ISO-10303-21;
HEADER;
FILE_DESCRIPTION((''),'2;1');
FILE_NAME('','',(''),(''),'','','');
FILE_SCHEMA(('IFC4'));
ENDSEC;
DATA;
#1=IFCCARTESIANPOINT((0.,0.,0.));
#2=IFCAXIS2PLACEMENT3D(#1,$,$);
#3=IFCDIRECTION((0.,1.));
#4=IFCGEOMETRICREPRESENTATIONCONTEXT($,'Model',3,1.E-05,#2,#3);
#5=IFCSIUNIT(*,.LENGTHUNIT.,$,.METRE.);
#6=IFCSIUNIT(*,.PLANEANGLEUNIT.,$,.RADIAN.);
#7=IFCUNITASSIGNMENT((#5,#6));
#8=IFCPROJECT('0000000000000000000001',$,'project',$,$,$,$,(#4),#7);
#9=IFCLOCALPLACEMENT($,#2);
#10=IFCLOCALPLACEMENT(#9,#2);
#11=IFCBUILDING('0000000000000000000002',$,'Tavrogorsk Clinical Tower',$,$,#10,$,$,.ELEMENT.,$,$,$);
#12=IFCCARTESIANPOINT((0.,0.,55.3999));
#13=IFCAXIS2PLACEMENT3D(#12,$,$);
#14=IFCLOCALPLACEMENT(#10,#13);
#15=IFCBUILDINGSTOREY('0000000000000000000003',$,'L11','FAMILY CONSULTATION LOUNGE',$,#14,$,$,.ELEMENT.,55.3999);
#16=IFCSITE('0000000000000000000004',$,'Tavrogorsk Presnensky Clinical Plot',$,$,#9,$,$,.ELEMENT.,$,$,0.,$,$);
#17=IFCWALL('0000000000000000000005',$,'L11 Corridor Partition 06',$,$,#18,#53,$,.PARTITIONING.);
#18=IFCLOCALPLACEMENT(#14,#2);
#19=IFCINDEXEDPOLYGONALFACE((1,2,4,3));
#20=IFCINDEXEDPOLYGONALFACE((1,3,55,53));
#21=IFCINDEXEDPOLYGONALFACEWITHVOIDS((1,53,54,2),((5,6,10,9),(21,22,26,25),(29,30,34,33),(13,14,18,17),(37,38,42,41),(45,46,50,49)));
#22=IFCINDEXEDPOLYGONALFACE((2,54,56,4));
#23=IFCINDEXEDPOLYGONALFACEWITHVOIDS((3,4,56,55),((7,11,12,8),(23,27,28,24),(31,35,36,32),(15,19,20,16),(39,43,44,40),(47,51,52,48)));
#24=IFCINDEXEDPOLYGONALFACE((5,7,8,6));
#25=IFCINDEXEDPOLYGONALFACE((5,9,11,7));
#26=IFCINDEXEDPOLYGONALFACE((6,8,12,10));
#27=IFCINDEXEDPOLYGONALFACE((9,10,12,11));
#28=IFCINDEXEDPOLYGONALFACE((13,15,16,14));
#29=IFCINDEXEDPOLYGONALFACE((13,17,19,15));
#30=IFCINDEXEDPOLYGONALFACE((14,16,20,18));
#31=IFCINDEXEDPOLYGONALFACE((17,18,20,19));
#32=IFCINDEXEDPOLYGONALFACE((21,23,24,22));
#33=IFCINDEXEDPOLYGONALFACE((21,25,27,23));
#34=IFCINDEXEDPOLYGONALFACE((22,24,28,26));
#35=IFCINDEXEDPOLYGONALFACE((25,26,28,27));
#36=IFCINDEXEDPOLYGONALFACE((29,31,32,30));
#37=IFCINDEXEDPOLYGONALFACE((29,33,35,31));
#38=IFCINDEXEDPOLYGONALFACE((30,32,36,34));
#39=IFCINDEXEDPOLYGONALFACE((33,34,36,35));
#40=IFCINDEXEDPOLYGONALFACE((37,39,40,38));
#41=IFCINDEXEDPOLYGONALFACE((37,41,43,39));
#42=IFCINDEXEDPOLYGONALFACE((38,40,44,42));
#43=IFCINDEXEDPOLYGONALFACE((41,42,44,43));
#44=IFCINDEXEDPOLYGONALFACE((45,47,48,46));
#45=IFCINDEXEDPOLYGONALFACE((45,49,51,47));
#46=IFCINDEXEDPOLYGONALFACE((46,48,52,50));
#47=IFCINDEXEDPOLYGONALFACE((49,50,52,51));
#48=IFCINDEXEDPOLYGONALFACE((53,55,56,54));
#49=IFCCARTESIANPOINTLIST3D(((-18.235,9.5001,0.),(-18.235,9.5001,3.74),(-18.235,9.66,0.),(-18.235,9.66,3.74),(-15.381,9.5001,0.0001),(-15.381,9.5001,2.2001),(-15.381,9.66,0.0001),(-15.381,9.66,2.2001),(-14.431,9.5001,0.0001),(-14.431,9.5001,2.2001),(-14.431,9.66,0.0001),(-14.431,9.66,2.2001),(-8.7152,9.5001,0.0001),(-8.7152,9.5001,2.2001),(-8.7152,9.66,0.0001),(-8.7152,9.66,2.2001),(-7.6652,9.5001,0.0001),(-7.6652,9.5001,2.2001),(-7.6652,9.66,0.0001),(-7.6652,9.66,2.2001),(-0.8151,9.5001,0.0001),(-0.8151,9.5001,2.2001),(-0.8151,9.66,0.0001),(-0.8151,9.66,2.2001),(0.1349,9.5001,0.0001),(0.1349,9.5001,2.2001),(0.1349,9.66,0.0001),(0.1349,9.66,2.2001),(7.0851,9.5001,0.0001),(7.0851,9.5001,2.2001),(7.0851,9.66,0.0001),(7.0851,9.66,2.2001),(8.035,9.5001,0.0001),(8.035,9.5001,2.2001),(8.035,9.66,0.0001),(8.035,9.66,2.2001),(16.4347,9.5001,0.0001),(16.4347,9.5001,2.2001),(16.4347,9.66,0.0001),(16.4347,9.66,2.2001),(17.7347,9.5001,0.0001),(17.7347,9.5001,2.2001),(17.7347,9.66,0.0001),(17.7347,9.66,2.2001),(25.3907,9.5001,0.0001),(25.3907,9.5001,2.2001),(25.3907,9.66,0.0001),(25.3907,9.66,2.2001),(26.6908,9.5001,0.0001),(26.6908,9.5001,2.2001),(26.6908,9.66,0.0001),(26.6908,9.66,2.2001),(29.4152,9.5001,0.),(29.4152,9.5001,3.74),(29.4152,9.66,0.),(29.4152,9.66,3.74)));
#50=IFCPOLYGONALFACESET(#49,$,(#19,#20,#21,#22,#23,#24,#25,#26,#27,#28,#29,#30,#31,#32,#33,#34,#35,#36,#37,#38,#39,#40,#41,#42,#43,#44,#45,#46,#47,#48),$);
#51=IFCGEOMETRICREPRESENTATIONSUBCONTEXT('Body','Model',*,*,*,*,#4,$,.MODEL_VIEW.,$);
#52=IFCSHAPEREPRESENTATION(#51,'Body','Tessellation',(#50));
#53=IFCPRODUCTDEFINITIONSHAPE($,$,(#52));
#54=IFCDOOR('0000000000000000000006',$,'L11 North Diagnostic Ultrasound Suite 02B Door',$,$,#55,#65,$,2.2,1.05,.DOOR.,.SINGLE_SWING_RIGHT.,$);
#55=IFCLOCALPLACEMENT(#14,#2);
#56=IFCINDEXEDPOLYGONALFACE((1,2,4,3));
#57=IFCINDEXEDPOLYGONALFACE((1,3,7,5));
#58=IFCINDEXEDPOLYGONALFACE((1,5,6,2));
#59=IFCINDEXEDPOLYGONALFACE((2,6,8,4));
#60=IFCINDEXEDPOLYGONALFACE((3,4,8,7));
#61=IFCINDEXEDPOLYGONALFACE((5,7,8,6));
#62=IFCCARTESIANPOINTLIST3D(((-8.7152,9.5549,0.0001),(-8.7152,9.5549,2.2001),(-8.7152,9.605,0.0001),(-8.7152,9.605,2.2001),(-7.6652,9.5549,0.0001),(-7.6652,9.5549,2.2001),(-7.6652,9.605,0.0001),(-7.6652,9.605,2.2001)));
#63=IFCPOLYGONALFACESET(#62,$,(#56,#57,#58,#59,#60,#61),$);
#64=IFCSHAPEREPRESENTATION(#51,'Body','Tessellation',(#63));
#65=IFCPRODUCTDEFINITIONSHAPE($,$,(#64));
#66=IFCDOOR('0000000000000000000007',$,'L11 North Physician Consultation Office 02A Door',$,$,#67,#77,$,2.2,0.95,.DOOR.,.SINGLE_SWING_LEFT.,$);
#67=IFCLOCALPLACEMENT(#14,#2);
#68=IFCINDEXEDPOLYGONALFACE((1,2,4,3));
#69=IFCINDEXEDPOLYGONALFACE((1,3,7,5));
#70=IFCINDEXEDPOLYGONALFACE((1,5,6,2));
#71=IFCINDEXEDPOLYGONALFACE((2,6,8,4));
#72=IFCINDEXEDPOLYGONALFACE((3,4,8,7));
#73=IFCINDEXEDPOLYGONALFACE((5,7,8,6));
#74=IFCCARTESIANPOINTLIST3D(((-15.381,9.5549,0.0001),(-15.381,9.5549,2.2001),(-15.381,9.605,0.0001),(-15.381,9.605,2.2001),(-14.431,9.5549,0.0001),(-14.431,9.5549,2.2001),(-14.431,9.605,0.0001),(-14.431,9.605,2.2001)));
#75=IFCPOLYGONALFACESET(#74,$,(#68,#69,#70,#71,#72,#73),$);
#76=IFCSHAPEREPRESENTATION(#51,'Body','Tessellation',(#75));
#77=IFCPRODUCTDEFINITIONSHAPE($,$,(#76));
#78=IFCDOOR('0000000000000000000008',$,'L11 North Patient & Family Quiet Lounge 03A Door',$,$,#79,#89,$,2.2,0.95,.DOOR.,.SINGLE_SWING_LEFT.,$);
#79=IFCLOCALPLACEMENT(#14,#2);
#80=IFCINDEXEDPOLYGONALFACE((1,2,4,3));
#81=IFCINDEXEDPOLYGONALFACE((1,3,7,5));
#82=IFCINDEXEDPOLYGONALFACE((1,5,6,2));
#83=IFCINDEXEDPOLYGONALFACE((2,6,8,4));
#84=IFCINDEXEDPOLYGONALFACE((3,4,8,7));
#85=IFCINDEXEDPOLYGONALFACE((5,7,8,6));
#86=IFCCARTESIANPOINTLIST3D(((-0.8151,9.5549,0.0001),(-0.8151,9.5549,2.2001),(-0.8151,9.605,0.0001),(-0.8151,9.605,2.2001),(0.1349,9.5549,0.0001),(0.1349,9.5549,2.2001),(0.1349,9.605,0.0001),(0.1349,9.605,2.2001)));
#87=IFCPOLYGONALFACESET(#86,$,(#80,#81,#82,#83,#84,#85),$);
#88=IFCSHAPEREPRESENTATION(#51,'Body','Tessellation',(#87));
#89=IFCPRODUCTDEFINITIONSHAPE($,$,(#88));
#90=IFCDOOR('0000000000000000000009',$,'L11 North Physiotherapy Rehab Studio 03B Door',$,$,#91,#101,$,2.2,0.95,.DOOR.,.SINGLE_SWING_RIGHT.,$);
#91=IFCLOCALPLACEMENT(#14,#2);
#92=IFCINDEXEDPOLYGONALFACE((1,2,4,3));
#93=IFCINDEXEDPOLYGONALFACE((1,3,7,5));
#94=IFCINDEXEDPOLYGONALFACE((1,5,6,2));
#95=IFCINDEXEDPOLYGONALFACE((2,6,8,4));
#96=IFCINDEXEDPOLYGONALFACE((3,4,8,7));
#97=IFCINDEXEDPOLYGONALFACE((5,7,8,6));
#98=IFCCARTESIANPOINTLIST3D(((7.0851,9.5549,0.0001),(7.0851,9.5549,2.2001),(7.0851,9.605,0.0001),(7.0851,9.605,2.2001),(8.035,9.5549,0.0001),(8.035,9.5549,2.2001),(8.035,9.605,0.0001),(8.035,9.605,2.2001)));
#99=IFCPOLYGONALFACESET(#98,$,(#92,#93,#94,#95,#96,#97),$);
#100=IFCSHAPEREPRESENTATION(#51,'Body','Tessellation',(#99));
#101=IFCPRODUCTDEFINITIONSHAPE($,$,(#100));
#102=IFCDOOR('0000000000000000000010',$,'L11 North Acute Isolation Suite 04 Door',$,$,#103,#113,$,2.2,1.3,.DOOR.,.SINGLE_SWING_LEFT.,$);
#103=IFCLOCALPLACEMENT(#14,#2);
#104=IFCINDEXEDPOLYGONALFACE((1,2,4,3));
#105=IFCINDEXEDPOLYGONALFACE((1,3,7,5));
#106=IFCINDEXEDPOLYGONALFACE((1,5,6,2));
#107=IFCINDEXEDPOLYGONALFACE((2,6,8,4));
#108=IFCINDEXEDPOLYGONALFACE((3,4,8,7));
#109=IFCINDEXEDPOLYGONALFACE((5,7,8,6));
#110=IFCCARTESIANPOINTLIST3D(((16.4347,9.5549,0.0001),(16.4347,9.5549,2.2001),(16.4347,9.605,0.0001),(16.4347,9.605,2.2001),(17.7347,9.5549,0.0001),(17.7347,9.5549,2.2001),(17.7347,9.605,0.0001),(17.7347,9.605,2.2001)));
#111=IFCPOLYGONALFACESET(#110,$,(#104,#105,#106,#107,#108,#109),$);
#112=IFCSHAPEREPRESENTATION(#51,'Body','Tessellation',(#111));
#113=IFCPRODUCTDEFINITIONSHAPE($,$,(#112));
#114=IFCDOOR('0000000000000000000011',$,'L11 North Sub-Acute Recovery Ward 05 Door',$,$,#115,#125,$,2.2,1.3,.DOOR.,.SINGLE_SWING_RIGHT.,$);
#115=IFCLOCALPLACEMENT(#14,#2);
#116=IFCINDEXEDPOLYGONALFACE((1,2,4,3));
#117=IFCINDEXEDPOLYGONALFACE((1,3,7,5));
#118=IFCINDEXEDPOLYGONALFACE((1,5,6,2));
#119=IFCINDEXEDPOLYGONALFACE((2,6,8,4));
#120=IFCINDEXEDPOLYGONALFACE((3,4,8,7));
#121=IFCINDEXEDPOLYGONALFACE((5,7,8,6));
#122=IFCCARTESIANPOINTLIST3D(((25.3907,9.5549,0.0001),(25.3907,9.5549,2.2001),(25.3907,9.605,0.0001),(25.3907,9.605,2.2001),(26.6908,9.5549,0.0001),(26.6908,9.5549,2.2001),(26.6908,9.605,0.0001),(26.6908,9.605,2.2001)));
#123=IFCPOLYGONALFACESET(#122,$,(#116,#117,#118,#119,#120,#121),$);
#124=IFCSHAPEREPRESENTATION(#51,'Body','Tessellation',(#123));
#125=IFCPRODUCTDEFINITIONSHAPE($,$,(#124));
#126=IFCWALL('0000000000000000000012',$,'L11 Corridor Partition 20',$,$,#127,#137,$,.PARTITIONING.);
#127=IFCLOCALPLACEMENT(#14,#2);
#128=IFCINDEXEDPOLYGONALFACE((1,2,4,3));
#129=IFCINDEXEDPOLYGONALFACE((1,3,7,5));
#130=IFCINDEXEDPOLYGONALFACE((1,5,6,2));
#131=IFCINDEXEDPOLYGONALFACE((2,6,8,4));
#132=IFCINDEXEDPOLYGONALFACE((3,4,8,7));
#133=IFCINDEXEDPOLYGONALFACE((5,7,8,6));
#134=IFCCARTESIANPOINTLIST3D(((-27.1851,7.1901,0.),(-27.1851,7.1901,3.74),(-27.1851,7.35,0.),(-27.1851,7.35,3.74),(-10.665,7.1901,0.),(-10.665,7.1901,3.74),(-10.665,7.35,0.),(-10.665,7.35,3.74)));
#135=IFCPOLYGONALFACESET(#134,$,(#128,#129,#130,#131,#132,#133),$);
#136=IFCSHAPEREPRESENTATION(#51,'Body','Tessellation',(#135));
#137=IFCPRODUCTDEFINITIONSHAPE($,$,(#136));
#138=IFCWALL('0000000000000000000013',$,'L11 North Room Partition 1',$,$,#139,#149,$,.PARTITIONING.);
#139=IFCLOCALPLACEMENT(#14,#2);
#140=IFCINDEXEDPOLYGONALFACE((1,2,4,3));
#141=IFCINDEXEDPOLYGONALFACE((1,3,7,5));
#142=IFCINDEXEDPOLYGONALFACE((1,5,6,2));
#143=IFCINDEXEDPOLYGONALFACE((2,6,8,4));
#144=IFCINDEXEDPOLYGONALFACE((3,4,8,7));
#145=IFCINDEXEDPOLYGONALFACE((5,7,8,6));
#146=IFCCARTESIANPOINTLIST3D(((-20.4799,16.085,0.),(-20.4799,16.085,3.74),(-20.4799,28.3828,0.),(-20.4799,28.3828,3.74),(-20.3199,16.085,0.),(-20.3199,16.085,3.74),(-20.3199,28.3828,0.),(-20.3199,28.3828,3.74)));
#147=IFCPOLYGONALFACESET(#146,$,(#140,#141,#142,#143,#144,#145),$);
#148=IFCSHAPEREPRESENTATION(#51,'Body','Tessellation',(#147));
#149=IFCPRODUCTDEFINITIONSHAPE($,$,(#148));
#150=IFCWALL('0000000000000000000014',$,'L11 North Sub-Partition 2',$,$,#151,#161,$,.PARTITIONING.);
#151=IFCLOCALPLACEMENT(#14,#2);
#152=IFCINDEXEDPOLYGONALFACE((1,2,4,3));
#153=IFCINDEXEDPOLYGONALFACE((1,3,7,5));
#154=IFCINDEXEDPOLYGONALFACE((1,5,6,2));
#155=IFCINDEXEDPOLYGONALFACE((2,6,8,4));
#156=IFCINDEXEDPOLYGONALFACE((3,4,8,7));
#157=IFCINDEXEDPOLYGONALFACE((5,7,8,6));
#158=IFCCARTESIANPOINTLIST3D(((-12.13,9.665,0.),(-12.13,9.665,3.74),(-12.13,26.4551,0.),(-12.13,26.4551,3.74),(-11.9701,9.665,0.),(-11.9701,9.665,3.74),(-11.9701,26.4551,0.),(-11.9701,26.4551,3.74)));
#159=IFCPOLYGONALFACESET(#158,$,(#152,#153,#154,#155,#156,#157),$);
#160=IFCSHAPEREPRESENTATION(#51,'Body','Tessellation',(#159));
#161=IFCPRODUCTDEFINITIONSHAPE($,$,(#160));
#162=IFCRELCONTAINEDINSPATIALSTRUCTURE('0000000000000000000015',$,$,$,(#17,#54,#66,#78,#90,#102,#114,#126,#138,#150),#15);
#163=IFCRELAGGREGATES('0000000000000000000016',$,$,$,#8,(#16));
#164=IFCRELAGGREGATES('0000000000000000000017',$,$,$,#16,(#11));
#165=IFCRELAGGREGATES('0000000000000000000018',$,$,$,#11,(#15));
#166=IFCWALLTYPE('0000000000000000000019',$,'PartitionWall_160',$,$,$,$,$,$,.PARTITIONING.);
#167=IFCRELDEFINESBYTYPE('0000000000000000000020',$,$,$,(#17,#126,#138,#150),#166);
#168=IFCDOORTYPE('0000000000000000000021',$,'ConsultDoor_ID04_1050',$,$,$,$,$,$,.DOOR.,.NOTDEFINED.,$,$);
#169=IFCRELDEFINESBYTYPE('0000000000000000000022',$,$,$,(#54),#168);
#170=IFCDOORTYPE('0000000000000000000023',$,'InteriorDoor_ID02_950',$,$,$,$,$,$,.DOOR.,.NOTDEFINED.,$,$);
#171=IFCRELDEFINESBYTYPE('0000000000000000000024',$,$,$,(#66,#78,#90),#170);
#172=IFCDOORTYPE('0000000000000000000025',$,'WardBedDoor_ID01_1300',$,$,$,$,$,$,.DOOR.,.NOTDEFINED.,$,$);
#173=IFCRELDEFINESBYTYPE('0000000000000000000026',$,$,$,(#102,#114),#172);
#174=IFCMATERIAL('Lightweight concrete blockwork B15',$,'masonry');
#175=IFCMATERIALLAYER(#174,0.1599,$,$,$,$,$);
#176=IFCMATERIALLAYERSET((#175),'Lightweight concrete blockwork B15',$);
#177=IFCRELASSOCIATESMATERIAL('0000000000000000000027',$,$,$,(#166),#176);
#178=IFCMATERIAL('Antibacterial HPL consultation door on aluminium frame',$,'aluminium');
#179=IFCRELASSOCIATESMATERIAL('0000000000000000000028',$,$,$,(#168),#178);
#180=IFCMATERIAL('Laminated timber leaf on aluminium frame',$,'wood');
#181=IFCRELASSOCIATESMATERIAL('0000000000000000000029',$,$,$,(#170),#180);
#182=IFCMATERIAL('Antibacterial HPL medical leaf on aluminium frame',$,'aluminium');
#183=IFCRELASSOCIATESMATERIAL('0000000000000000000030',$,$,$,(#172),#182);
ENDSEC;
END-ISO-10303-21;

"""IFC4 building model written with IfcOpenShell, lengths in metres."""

from ifc_helpers import new_model, si_unit, direction, frame, frame_2d, origin, place, context, subcontext, project, spatial, rectangle, extrude, material, layer, layer_set, type_object, element, fill, save


model = new_model("IFC4")

# Units and contexts
model_context = context("Model", 3, precision=1e-05, world=origin(), true_north=direction((0.0, 1.0)))
body_context = subcontext(model_context, "Body", "Model", "MODEL_VIEW")
ifc_project = project(units=[si_unit("LENGTHUNIT", "METRE"), si_unit("PLANEANGLEUNIT", "RADIAN")], contexts=[model_context])

# Site, building, storey
site_placement = place(None, origin())
site = spatial("IfcSite", under=ifc_project, at=site_placement, Name="Tavrogorsk Presnensky Clinical Plot", CompositionType="ELEMENT", RefElevation=0.0)
building_placement = place(site_placement, origin())
building = spatial("IfcBuilding", under=site, at=building_placement, Name="Tavrogorsk Clinical Tower", CompositionType="ELEMENT")
storey_placement = place(building_placement, frame((0.0, 0.0, 55.3999)))
storey = spatial("IfcBuildingStorey", under=building, at=storey_placement, Name="L11", Description="FAMILY CONSULTATION LOUNGE", CompositionType="ELEMENT", Elevation=55.3999)

# Shared definitions
ifc_material_1 = material(Name="Lightweight concrete blockwork B15", Category="masonry")
ifc_layer_1 = layer(ifc_material_1, 0.1599)
ifc_layer_set_1 = layer_set([ifc_layer_1], Name="Lightweight concrete blockwork B15")
wall_type = type_object("IfcWallType", Name="PartitionWall_160", PredefinedType="PARTITIONING", material=ifc_layer_set_1)

# Wall, openings, doors
wall_1_placement = place(storey_placement, frame((-18.2351, 9.5801, 0.0), z_axis=(0.0, 0.0, 1.0), x_axis=(1.0, 0.0, 0.0)))
wall_1 = element("IfcWall", 1, at=wall_1_placement, inside=storey, type_object=wall_type, Name="L11 Corridor Partition 06", PredefinedType="PARTITIONING", context=body_context, shape_type="SweptSolid", body=[
    extrude(rectangle(XDim=47.6501, YDim=0.1599, at=frame_2d((23.8252, 0.0))), origin(), (0.0, 0.0, 1.0), 3.74),
])
opening_1_placement = place(wall_1_placement, frame((2.854, 0.0, 0.0)))
opening_1 = element("IfcOpeningElement", 2, at=opening_1_placement, cuts=wall_1, PredefinedType="OPENING", context=body_context, shape_type="SweptSolid", body=[
    extrude(rectangle(XDim=0.95, YDim=2.2, at=frame_2d((0.4751, 1.1001))), frame((0.0, 0.0898, 0.0), z_axis=(0.0, -1.0, 0.0), x_axis=(1.0, 0.0, 0.0)), (0.0, 0.0, 1.0), 0.1799),
])
opening_2_placement = place(wall_1_placement, frame((9.52, 0.0, 0.0)))
opening_2 = element("IfcOpeningElement", 3, at=opening_2_placement, cuts=wall_1, PredefinedType="OPENING", context=body_context, shape_type="SweptSolid", body=[
    extrude(rectangle(XDim=1.05, YDim=2.2, at=frame_2d((0.5249, 1.1001))), frame((0.0, 0.0898, 0.0), z_axis=(0.0, -1.0, 0.0), x_axis=(1.0, 0.0, 0.0)), (0.0, 0.0, 1.0), 0.1799),
])
opening_3_placement = place(wall_1_placement, frame((17.4199, 0.0, 0.0)))
opening_3 = element("IfcOpeningElement", 4, at=opening_3_placement, cuts=wall_1, PredefinedType="OPENING", context=body_context, shape_type="SweptSolid", body=[
    extrude(rectangle(XDim=0.95, YDim=2.2, at=frame_2d((0.4751, 1.1001))), frame((0.0, 0.0898, 0.0), z_axis=(0.0, -1.0, 0.0), x_axis=(1.0, 0.0, 0.0)), (0.0, 0.0, 1.0), 0.1799),
])
opening_4_placement = place(wall_1_placement, frame((25.3201, 0.0, 0.0)))
opening_4 = element("IfcOpeningElement", 5, at=opening_4_placement, cuts=wall_1, PredefinedType="OPENING", context=body_context, shape_type="SweptSolid", body=[
    extrude(rectangle(XDim=0.95, YDim=2.2, at=frame_2d((0.4751, 1.1001))), frame((0.0, 0.0898, 0.0), z_axis=(0.0, -1.0, 0.0), x_axis=(1.0, 0.0, 0.0)), (0.0, 0.0, 1.0), 0.1799),
])
opening_5_placement = place(wall_1_placement, frame((34.6699, 0.0, 0.0)))
opening_5 = element("IfcOpeningElement", 6, at=opening_5_placement, cuts=wall_1, PredefinedType="OPENING", context=body_context, shape_type="SweptSolid", body=[
    extrude(rectangle(XDim=1.3, YDim=2.2, at=frame_2d((0.6499, 1.1001))), frame((0.0, 0.0898, 0.0), z_axis=(0.0, -1.0, 0.0), x_axis=(1.0, 0.0, 0.0)), (0.0, 0.0, 1.0), 0.1799),
])
opening_6_placement = place(wall_1_placement, frame((43.626, 0.0, 0.0)))
opening_6 = element("IfcOpeningElement", 7, at=opening_6_placement, cuts=wall_1, PredefinedType="OPENING", context=body_context, shape_type="SweptSolid", body=[
    extrude(rectangle(XDim=1.3, YDim=2.2, at=frame_2d((0.6499, 1.1001))), frame((0.0, 0.0898, 0.0), z_axis=(0.0, -1.0, 0.0), x_axis=(1.0, 0.0, 0.0)), (0.0, 0.0, 1.0), 0.1799),
])
ifc_material_2 = material(Name="Antibacterial HPL consultation door on aluminium frame", Category="aluminium")
door_type_1 = type_object("IfcDoorType", Name="ConsultDoor_ID04_1050", OperationType="NOTDEFINED", PredefinedType="DOOR", material=ifc_material_2)
door_1_placement = place(opening_2_placement, origin())
door_1 = element("IfcDoor", 8, at=door_1_placement, inside=storey, type_object=door_type_1, Name="L11 North Diagnostic Ultrasound Suite 02B Door", OperationType="SINGLE_SWING_RIGHT", OverallHeight=2.2, OverallWidth=1.05, PredefinedType="DOOR", context=body_context, shape_type="SweptSolid", body=[
    extrude(rectangle(XDim=1.05, YDim=2.2, at=frame_2d((0.5249, 1.1001))), frame((0.0, 0.0249, 0.0), z_axis=(0.0, -1.0, 0.0), x_axis=(1.0, 0.0, 0.0)), (0.0, 0.0, 1.0), 0.05),
])
fill(opening_2, door_1)
ifc_material_3 = material(Name="Laminated timber leaf on aluminium frame", Category="wood")
door_type_2 = type_object("IfcDoorType", Name="InteriorDoor_ID02_950", OperationType="NOTDEFINED", PredefinedType="DOOR", material=ifc_material_3)
door_2_placement = place(opening_1_placement, origin())
door_2 = element("IfcDoor", 9, at=door_2_placement, inside=storey, type_object=door_type_2, Name="L11 North Physician Consultation Office 02A Door", OperationType="SINGLE_SWING_LEFT", OverallHeight=2.2, OverallWidth=0.95, PredefinedType="DOOR", context=body_context, shape_type="SweptSolid", body=[
    extrude(rectangle(XDim=0.95, YDim=2.2, at=frame_2d((0.4751, 1.1001))), frame((0.0, 0.0249, 0.0), z_axis=(0.0, -1.0, 0.0), x_axis=(1.0, 0.0, 0.0)), (0.0, 0.0, 1.0), 0.05),
])
fill(opening_1, door_2)
door_3_placement = place(opening_3_placement, origin())
door_3 = element("IfcDoor", 10, at=door_3_placement, inside=storey, type_object=door_type_2, Name="L11 North Patient & Family Quiet Lounge 03A Door", OperationType="SINGLE_SWING_LEFT", OverallHeight=2.2, OverallWidth=0.95, PredefinedType="DOOR", context=body_context, shape_type="SweptSolid", body=[
    extrude(rectangle(XDim=0.95, YDim=2.2, at=frame_2d((0.4751, 1.1001))), frame((0.0, 0.0249, 0.0), z_axis=(0.0, -1.0, 0.0), x_axis=(1.0, 0.0, 0.0)), (0.0, 0.0, 1.0), 0.05),
])
fill(opening_3, door_3)
door_4_placement = place(opening_4_placement, origin())
door_4 = element("IfcDoor", 11, at=door_4_placement, inside=storey, type_object=door_type_2, Name="L11 North Physiotherapy Rehab Studio 03B Door", OperationType="SINGLE_SWING_RIGHT", OverallHeight=2.2, OverallWidth=0.95, PredefinedType="DOOR", context=body_context, shape_type="SweptSolid", body=[
    extrude(rectangle(XDim=0.95, YDim=2.2, at=frame_2d((0.4751, 1.1001))), frame((0.0, 0.0249, 0.0), z_axis=(0.0, -1.0, 0.0), x_axis=(1.0, 0.0, 0.0)), (0.0, 0.0, 1.0), 0.05),
])
fill(opening_4, door_4)
ifc_material_4 = material(Name="Antibacterial HPL medical leaf on aluminium frame", Category="aluminium")
door_type_3 = type_object("IfcDoorType", Name="WardBedDoor_ID01_1300", OperationType="NOTDEFINED", PredefinedType="DOOR", material=ifc_material_4)
door_5_placement = place(opening_5_placement, origin())
door_5 = element("IfcDoor", 12, at=door_5_placement, inside=storey, type_object=door_type_3, Name="L11 North Acute Isolation Suite 04 Door", OperationType="SINGLE_SWING_LEFT", OverallHeight=2.2, OverallWidth=1.3, PredefinedType="DOOR", context=body_context, shape_type="SweptSolid", body=[
    extrude(rectangle(XDim=1.3, YDim=2.2, at=frame_2d((0.6499, 1.1001))), frame((0.0, 0.0249, 0.0), z_axis=(0.0, -1.0, 0.0), x_axis=(1.0, 0.0, 0.0)), (0.0, 0.0, 1.0), 0.05),
])
fill(opening_5, door_5)
door_6_placement = place(opening_6_placement, origin())
door_6 = element("IfcDoor", 13, at=door_6_placement, inside=storey, type_object=door_type_3, Name="L11 North Sub-Acute Recovery Ward 05 Door", OperationType="SINGLE_SWING_RIGHT", OverallHeight=2.2, OverallWidth=1.3, PredefinedType="DOOR", context=body_context, shape_type="SweptSolid", body=[
    extrude(rectangle(XDim=1.3, YDim=2.2, at=frame_2d((0.6499, 1.1001))), frame((0.0, 0.0249, 0.0), z_axis=(0.0, -1.0, 0.0), x_axis=(1.0, 0.0, 0.0)), (0.0, 0.0, 1.0), 0.05),
])
fill(opening_6, door_6)

# Walls
wall_2_placement = place(storey_placement, frame((-10.665, 7.27, 0.0), z_axis=(0.0, 0.0, 1.0), x_axis=(-1.0, 0.0, 0.0)))
element("IfcWall", 14, at=wall_2_placement, inside=storey, type_object=wall_type, Name="L11 Corridor Partition 20", PredefinedType="PARTITIONING", context=body_context, shape_type="SweptSolid", body=[
    extrude(rectangle(XDim=16.52, YDim=0.1599, at=frame_2d((8.26, 0.0))), origin(), (0.0, 0.0, 1.0), 3.74),
])
wall_3_placement = place(storey_placement, frame((-20.3999, 16.085, 0.0), z_axis=(0.0, 0.0, 1.0), x_axis=(0.0, 1.0, 0.0)))
element("IfcWall", 15, at=wall_3_placement, inside=storey, type_object=wall_type, Name="L11 North Room Partition 1", PredefinedType="PARTITIONING", context=body_context, shape_type="SweptSolid", body=[
    extrude(rectangle(XDim=12.2979, YDim=0.1599, at=frame_2d((6.1489, 0.0))), origin(), (0.0, 0.0, 1.0), 3.74),
])
wall_4_placement = place(storey_placement, frame((-12.05, 9.665, 0.0), z_axis=(0.0, 0.0, 1.0), x_axis=(0.0, 1.0, 0.0)))
element("IfcWall", 16, at=wall_4_placement, inside=storey, type_object=wall_type, Name="L11 North Sub-Partition 2", PredefinedType="PARTITIONING", context=body_context, shape_type="SweptSolid", body=[
    extrude(rectangle(XDim=16.79, YDim=0.1599, at=frame_2d((8.395, 0.0))), origin(), (0.0, 0.0, 1.0), 3.74),
])

save(model, "model.ifc")
